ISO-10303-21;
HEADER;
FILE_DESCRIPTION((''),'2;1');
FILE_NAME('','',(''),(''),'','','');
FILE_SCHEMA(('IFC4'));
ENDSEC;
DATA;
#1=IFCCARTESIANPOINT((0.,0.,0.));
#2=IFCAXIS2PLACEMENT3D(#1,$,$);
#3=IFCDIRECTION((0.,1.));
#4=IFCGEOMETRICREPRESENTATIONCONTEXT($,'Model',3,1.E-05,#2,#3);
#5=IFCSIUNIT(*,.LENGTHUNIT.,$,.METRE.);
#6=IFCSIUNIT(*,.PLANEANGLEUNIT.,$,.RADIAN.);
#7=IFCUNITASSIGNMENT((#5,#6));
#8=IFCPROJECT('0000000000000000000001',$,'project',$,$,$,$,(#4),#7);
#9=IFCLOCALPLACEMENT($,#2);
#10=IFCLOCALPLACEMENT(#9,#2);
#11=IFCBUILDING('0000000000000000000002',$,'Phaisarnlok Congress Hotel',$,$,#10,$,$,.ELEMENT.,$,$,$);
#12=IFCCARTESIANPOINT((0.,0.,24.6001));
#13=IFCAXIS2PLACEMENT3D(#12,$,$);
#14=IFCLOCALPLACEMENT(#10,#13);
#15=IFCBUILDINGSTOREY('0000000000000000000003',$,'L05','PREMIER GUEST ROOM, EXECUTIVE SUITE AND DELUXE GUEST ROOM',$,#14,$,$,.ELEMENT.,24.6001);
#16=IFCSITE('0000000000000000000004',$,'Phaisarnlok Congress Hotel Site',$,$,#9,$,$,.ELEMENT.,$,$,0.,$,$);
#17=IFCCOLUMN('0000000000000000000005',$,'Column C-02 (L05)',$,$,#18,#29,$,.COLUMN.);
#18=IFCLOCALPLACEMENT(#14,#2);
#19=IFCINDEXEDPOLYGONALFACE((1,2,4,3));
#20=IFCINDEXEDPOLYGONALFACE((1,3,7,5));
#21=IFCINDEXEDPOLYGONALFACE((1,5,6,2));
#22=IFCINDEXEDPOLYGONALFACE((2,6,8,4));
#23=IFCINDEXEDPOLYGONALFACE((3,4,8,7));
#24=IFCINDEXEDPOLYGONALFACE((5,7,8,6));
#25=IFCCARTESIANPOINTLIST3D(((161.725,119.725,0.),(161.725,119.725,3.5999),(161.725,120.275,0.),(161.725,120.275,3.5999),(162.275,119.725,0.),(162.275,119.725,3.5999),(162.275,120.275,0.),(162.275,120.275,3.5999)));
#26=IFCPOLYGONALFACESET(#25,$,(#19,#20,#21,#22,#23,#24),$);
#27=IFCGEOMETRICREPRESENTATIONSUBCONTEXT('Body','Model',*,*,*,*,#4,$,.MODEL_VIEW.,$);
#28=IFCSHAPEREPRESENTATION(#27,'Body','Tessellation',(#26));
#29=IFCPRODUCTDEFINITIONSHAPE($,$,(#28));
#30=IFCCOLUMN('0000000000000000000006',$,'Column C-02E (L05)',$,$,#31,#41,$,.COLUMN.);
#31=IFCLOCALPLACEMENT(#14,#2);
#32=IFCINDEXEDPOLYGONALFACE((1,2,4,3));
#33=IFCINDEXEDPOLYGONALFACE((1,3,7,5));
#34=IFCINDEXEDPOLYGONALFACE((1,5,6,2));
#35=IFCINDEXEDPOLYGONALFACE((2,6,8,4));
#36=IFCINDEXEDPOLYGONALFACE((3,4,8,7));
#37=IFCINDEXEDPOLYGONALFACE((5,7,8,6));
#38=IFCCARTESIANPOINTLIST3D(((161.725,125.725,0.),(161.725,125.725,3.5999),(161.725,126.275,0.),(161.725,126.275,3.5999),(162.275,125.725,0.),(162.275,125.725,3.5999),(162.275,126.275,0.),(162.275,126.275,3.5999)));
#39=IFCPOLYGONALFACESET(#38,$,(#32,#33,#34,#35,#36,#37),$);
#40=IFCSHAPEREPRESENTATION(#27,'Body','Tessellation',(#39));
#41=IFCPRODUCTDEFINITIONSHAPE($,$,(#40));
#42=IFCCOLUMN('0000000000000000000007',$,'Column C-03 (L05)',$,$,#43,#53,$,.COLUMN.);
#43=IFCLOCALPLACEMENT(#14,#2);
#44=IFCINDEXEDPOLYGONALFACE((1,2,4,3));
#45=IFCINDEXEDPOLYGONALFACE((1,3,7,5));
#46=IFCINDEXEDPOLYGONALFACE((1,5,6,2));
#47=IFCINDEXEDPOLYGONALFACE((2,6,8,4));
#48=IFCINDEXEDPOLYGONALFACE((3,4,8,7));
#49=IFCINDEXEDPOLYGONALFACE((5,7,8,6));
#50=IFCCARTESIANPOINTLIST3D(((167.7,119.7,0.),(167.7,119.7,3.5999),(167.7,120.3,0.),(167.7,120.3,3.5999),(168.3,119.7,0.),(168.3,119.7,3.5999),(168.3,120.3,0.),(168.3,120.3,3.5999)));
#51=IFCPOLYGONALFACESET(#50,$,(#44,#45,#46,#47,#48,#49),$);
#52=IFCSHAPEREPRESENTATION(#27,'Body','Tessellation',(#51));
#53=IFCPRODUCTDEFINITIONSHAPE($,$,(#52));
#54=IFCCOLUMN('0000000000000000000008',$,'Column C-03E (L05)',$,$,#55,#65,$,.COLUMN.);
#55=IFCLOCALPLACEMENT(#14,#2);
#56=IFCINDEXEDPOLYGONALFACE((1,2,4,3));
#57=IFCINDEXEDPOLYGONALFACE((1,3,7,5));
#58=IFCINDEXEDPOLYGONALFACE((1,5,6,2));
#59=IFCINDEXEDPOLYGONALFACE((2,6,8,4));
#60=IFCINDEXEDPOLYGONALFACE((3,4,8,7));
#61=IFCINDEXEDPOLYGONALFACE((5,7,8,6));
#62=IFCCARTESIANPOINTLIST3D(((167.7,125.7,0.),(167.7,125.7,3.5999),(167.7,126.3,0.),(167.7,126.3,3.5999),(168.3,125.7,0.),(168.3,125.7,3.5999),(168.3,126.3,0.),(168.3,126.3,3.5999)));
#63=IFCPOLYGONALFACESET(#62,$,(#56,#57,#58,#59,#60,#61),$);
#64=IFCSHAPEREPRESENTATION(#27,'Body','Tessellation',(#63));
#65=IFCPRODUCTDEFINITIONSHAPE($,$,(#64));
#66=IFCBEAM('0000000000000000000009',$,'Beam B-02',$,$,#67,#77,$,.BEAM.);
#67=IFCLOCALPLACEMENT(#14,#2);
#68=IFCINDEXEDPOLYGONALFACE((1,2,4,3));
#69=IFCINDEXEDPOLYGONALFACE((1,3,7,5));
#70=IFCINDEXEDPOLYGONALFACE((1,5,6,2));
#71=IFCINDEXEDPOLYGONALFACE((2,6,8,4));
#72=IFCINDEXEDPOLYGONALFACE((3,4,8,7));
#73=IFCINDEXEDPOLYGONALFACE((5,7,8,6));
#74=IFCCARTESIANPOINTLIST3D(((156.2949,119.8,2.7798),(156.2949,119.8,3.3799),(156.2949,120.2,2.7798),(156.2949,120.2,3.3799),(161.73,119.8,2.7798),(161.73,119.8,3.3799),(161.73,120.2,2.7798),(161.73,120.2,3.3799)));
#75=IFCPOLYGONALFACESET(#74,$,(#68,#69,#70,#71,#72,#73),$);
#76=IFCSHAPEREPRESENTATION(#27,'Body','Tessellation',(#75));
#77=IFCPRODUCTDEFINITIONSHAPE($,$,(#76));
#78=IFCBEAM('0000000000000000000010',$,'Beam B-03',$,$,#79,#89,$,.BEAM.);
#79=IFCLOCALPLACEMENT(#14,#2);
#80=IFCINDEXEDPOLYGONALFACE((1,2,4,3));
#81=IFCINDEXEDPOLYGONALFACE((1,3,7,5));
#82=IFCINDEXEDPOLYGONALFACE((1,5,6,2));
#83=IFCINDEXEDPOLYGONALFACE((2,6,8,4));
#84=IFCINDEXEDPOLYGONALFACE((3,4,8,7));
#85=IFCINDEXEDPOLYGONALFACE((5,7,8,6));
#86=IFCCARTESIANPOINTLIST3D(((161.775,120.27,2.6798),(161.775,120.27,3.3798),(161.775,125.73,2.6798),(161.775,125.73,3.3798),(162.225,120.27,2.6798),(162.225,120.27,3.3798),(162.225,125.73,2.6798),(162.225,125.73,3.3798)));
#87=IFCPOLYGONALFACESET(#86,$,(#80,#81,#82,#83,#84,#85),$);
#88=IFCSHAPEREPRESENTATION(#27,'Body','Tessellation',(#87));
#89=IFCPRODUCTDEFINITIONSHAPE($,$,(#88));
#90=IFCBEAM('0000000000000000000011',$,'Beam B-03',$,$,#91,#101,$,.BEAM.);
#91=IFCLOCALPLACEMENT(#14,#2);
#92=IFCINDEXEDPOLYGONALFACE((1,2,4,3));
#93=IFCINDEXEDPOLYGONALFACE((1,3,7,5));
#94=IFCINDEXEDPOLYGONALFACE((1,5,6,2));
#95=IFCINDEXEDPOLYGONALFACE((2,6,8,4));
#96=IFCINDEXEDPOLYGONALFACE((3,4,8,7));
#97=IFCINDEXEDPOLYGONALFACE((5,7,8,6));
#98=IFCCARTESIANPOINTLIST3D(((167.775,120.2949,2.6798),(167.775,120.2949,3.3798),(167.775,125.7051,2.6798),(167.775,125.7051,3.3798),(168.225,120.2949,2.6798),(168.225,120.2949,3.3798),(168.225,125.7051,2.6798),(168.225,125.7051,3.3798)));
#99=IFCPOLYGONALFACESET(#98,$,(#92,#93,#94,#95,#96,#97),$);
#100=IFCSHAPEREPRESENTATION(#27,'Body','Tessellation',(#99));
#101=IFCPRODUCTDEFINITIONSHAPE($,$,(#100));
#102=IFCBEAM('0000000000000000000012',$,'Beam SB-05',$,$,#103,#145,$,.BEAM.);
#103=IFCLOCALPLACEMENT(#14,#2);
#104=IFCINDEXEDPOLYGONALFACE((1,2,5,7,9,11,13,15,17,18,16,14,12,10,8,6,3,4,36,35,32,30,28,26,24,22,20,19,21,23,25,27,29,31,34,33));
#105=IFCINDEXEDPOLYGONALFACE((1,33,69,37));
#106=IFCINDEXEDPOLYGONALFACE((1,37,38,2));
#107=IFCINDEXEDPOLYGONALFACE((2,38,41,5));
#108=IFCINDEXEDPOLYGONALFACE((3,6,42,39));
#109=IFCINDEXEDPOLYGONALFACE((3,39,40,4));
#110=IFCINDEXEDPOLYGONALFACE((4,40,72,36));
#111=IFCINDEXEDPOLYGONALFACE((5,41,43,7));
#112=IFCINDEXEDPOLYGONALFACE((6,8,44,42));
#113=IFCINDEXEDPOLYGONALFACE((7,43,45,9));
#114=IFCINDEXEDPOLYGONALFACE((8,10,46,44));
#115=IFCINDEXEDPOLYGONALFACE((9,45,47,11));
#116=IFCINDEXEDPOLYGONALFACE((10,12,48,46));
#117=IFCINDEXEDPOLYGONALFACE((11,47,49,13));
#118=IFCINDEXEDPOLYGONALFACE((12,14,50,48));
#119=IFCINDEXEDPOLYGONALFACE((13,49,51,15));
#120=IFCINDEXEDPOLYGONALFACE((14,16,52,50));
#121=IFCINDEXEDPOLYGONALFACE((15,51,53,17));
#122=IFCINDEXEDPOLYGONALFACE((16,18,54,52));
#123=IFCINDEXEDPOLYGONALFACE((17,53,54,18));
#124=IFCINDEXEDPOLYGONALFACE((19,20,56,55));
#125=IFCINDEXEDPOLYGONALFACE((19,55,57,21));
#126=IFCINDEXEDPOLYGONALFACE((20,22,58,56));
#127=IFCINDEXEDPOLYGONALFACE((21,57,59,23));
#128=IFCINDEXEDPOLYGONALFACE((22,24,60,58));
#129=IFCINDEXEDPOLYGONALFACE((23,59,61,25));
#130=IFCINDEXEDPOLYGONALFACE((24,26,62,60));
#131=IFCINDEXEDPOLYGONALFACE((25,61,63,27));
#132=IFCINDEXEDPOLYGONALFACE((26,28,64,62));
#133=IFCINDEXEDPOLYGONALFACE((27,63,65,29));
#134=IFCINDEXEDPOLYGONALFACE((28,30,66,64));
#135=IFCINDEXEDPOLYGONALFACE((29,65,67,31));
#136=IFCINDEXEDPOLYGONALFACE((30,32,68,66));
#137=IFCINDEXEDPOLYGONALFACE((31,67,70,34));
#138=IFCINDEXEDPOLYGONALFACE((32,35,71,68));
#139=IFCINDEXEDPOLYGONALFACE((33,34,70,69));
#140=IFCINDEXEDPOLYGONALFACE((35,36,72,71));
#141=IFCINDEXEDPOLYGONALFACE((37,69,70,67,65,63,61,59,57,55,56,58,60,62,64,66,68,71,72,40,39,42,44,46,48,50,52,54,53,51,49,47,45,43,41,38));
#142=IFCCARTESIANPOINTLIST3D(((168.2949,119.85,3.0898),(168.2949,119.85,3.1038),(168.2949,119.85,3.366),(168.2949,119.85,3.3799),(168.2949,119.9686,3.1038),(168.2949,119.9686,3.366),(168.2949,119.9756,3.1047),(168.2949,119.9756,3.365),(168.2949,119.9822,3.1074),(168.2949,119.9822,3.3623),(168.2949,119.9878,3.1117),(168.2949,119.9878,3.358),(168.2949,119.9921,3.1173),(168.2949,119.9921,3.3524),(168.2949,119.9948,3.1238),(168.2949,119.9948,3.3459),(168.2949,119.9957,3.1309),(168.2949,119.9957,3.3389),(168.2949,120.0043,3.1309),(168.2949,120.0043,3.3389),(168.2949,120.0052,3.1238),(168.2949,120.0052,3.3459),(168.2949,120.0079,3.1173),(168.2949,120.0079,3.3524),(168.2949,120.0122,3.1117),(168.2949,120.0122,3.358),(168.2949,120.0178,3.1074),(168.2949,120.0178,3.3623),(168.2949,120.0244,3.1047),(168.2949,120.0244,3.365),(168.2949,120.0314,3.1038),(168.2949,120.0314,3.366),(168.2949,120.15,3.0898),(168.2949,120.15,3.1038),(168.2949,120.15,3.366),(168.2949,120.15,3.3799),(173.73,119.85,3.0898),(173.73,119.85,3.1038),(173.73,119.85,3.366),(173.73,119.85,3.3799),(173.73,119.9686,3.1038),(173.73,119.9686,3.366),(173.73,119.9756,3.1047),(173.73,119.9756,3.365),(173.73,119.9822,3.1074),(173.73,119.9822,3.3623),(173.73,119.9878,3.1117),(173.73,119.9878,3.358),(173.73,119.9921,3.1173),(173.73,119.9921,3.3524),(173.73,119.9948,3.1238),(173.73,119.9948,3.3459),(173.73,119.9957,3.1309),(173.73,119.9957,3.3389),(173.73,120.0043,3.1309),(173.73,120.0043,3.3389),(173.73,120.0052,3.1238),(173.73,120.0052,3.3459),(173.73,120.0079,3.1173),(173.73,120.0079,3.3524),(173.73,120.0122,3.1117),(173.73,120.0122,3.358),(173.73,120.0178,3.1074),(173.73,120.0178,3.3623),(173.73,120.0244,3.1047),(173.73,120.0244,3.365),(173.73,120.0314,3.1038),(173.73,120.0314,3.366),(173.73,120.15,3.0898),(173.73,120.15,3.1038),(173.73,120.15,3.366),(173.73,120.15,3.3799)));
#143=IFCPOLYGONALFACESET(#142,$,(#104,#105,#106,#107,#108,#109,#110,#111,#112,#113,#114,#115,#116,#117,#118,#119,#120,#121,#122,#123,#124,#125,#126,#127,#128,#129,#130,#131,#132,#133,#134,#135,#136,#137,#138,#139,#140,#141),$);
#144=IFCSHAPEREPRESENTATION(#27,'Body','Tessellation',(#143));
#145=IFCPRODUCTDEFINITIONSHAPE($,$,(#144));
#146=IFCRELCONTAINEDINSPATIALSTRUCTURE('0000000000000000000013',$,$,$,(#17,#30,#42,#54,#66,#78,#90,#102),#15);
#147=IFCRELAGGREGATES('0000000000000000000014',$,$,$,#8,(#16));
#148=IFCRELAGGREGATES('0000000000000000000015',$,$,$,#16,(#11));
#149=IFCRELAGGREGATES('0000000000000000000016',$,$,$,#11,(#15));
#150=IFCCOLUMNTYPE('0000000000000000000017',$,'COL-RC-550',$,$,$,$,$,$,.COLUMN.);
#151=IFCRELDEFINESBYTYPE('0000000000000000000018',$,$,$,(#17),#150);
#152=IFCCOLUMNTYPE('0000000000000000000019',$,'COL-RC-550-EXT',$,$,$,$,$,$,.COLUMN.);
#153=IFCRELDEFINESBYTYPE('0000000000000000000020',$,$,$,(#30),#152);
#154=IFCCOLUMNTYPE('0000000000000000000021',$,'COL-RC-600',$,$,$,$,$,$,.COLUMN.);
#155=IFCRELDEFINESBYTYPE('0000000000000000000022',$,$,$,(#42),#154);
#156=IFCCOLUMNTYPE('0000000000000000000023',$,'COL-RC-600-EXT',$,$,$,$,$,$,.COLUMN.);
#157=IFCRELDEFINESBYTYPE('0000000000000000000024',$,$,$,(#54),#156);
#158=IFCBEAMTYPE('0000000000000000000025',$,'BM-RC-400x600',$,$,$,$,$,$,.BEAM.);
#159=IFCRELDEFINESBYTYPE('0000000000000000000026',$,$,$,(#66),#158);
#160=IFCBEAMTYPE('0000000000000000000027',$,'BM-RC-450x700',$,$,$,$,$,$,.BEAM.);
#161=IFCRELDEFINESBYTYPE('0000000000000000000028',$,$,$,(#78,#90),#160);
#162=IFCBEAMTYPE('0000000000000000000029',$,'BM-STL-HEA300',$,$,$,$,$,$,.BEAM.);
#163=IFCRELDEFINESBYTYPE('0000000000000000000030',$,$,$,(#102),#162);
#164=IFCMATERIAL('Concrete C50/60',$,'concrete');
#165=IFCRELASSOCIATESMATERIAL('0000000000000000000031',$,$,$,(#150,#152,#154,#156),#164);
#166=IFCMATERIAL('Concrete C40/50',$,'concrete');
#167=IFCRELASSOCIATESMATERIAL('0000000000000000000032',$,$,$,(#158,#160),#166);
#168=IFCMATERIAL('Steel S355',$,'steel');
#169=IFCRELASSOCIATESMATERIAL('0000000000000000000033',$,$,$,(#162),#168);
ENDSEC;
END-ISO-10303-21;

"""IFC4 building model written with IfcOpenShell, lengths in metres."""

from ifc_helpers import new_model, si_unit, direction, frame, origin, origin_2d, place, context, subcontext, project, spatial, rectangle, i_section, extrude, material, material_profile, profile_set, type_object, element, save


model = new_model("IFC4")

# Units and contexts
model_context = context("Model", 3, precision=1e-05, world=origin(), true_north=direction((0.0, 1.0)))
body_context = subcontext(model_context, "Body", "Model", "MODEL_VIEW")
ifc_project = project(units=[si_unit("LENGTHUNIT", "METRE"), si_unit("PLANEANGLEUNIT", "RADIAN")], contexts=[model_context])

# Site, building, storey
site_placement = place(None, origin())
site = spatial("IfcSite", under=ifc_project, at=site_placement, Name="Phaisarnlok Congress Hotel Site", CompositionType="ELEMENT", RefElevation=0.0)
building_placement = place(site_placement, origin())
building = spatial("IfcBuilding", under=site, at=building_placement, Name="Phaisarnlok Congress Hotel", CompositionType="ELEMENT")
storey_placement = place(building_placement, frame((0.0, 0.0, 24.6001)))
storey = spatial("IfcBuildingStorey", under=building, at=storey_placement, Name="L05", Description="PREMIER GUEST ROOM, EXECUTIVE SUITE AND DELUXE GUEST ROOM", CompositionType="ELEMENT", Elevation=24.6001)

# Columns
ifc_material_1 = material(Name="Concrete C50/60", Category="concrete")
ifc_material_profile_1 = material_profile(ifc_material_1, rectangle(XDim=0.55, YDim=0.55, at=origin_2d()), Name="RC 550x550")
ifc_profile_set_1 = profile_set([ifc_material_profile_1], Name="Concrete C50/60")
column_type_1 = type_object("IfcColumnType", Name="COL-RC-550", PredefinedType="COLUMN", material=ifc_profile_set_1)
column_1_placement = place(storey_placement, frame((162.0, 120.0, 0.0), z_axis=(0.0, 0.0, 1.0), x_axis=(1.0, 0.0, 0.0)))
element("IfcColumn", 1, at=column_1_placement, inside=storey, type_object=column_type_1, Name="Column C-02 (L05)", PredefinedType="COLUMN", context=body_context, shape_type="SweptSolid", body=[
    extrude(rectangle(XDim=0.55, YDim=0.55, at=origin_2d()), origin(), (0.0, 0.0, 1.0), 3.5999),
])
ifc_material_profile_2 = material_profile(ifc_material_1, rectangle(XDim=0.55, YDim=0.55, at=origin_2d()), Name="RC 550x550")
ifc_profile_set_2 = profile_set([ifc_material_profile_2], Name="Concrete C50/60")
column_type_2 = type_object("IfcColumnType", Name="COL-RC-550-EXT", PredefinedType="COLUMN", material=ifc_profile_set_2)
column_2_placement = place(storey_placement, frame((162.0, 126.0, 0.0), z_axis=(0.0, 0.0, 1.0), x_axis=(1.0, 0.0, 0.0)))
element("IfcColumn", 2, at=column_2_placement, inside=storey, type_object=column_type_2, Name="Column C-02E (L05)", PredefinedType="COLUMN", context=body_context, shape_type="SweptSolid", body=[
    extrude(rectangle(XDim=0.55, YDim=0.55, at=origin_2d()), origin(), (0.0, 0.0, 1.0), 3.5999),
])
ifc_material_profile_3 = material_profile(ifc_material_1, rectangle(XDim=0.6001, YDim=0.6001, at=origin_2d()), Name="RC 600x600")
ifc_profile_set_3 = profile_set([ifc_material_profile_3], Name="Concrete C50/60")
column_type_3 = type_object("IfcColumnType", Name="COL-RC-600", PredefinedType="COLUMN", material=ifc_profile_set_3)
column_3_placement = place(storey_placement, frame((168.0, 120.0, 0.0), z_axis=(0.0, 0.0, 1.0), x_axis=(1.0, 0.0, 0.0)))
element("IfcColumn", 3, at=column_3_placement, inside=storey, type_object=column_type_3, Name="Column C-03 (L05)", PredefinedType="COLUMN", context=body_context, shape_type="SweptSolid", body=[
    extrude(rectangle(XDim=0.6001, YDim=0.6001, at=origin_2d()), origin(), (0.0, 0.0, 1.0), 3.5999),
])
ifc_material_profile_4 = material_profile(ifc_material_1, rectangle(XDim=0.6001, YDim=0.6001, at=origin_2d()), Name="RC 600x600")
ifc_profile_set_4 = profile_set([ifc_material_profile_4], Name="Concrete C50/60")
column_type_4 = type_object("IfcColumnType", Name="COL-RC-600-EXT", PredefinedType="COLUMN", material=ifc_profile_set_4)
column_4_placement = place(storey_placement, frame((168.0, 126.0, 0.0), z_axis=(0.0, 0.0, 1.0), x_axis=(1.0, 0.0, 0.0)))
element("IfcColumn", 4, at=column_4_placement, inside=storey, type_object=column_type_4, Name="Column C-03E (L05)", PredefinedType="COLUMN", context=body_context, shape_type="SweptSolid", body=[
    extrude(rectangle(XDim=0.6001, YDim=0.6001, at=origin_2d()), origin(), (0.0, 0.0, 1.0), 3.5999),
])

# Beams
ifc_material_2 = material(Name="Concrete C40/50", Category="concrete")
ifc_material_profile_5 = material_profile(ifc_material_2, rectangle(XDim=0.3999, YDim=0.6001, at=origin_2d()), Name="RC 400x600")
ifc_profile_set_5 = profile_set([ifc_material_profile_5], Name="Concrete C40/50")
beam_type_1 = type_object("IfcBeamType", Name="BM-RC-400x600", PredefinedType="BEAM", material=ifc_profile_set_5)
beam_1_placement = place(storey_placement, frame((156.2949, 120.0, 3.0798), z_axis=(1.0, 0.0, 0.0), x_axis=(0.0, 1.0, 0.0)))
element("IfcBeam", 5, at=beam_1_placement, inside=storey, type_object=beam_type_1, Name="Beam B-02", PredefinedType="BEAM", context=body_context, shape_type="SweptSolid", body=[
    extrude(rectangle(XDim=0.3999, YDim=0.6001, at=origin_2d()), origin(), (0.0, 0.0, 1.0), 5.4351),
])
ifc_material_profile_6 = material_profile(ifc_material_2, rectangle(XDim=0.45, YDim=0.7, at=origin_2d()), Name="RC 450x700")
ifc_profile_set_6 = profile_set([ifc_material_profile_6], Name="Concrete C40/50")
beam_type_2 = type_object("IfcBeamType", Name="BM-RC-450x700", PredefinedType="BEAM", material=ifc_profile_set_6)
beam_2_placement = place(storey_placement, frame((162.0, 120.27, 3.0298), z_axis=(0.0, 1.0, 0.0), x_axis=(-1.0, 0.0, 0.0)))
element("IfcBeam", 6, at=beam_2_placement, inside=storey, type_object=beam_type_2, Name="Beam B-03", PredefinedType="BEAM", context=body_context, shape_type="SweptSolid", body=[
    extrude(rectangle(XDim=0.45, YDim=0.7, at=origin_2d()), origin(), (0.0, 0.0, 1.0), 5.46),
])
beam_3_placement = place(storey_placement, frame((168.0, 120.2949, 3.0298), z_axis=(0.0, 1.0, 0.0), x_axis=(-1.0, 0.0, 0.0)))
element("IfcBeam", 7, at=beam_3_placement, inside=storey, type_object=beam_type_2, Name="Beam B-03", PredefinedType="BEAM", context=body_context, shape_type="SweptSolid", body=[
    extrude(rectangle(XDim=0.45, YDim=0.7, at=origin_2d()), origin(), (0.0, 0.0, 1.0), 5.4102),
])
ifc_material_3 = material(Name="Steel S355", Category="steel")
ifc_material_profile_7 = material_profile(ifc_material_3, i_section(OverallWidth=0.3, OverallDepth=0.29, WebThickness=0.0085, FlangeThickness=0.0139, FilletRadius=0.0271, at=origin_2d()), Name="HEA 300")
ifc_profile_set_7 = profile_set([ifc_material_profile_7], Name="Steel S355")
beam_type_3 = type_object("IfcBeamType", Name="BM-STL-HEA300", PredefinedType="BEAM", material=ifc_profile_set_7)
beam_4_placement = place(storey_placement, frame((168.2949, 120.0, 3.2349), z_axis=(1.0, 0.0, 0.0), x_axis=(0.0, 1.0, 0.0)))
element("IfcBeam", 8, at=beam_4_placement, inside=storey, type_object=beam_type_3, Name="Beam SB-05", PredefinedType="BEAM", context=body_context, shape_type="SweptSolid", body=[
    extrude(i_section(OverallWidth=0.3, OverallDepth=0.29, WebThickness=0.0085, FlangeThickness=0.0139, FilletRadius=0.0271, at=origin_2d()), origin(), (0.0, 0.0, 1.0), 5.4351),
])

save(model, "model.ifc")
